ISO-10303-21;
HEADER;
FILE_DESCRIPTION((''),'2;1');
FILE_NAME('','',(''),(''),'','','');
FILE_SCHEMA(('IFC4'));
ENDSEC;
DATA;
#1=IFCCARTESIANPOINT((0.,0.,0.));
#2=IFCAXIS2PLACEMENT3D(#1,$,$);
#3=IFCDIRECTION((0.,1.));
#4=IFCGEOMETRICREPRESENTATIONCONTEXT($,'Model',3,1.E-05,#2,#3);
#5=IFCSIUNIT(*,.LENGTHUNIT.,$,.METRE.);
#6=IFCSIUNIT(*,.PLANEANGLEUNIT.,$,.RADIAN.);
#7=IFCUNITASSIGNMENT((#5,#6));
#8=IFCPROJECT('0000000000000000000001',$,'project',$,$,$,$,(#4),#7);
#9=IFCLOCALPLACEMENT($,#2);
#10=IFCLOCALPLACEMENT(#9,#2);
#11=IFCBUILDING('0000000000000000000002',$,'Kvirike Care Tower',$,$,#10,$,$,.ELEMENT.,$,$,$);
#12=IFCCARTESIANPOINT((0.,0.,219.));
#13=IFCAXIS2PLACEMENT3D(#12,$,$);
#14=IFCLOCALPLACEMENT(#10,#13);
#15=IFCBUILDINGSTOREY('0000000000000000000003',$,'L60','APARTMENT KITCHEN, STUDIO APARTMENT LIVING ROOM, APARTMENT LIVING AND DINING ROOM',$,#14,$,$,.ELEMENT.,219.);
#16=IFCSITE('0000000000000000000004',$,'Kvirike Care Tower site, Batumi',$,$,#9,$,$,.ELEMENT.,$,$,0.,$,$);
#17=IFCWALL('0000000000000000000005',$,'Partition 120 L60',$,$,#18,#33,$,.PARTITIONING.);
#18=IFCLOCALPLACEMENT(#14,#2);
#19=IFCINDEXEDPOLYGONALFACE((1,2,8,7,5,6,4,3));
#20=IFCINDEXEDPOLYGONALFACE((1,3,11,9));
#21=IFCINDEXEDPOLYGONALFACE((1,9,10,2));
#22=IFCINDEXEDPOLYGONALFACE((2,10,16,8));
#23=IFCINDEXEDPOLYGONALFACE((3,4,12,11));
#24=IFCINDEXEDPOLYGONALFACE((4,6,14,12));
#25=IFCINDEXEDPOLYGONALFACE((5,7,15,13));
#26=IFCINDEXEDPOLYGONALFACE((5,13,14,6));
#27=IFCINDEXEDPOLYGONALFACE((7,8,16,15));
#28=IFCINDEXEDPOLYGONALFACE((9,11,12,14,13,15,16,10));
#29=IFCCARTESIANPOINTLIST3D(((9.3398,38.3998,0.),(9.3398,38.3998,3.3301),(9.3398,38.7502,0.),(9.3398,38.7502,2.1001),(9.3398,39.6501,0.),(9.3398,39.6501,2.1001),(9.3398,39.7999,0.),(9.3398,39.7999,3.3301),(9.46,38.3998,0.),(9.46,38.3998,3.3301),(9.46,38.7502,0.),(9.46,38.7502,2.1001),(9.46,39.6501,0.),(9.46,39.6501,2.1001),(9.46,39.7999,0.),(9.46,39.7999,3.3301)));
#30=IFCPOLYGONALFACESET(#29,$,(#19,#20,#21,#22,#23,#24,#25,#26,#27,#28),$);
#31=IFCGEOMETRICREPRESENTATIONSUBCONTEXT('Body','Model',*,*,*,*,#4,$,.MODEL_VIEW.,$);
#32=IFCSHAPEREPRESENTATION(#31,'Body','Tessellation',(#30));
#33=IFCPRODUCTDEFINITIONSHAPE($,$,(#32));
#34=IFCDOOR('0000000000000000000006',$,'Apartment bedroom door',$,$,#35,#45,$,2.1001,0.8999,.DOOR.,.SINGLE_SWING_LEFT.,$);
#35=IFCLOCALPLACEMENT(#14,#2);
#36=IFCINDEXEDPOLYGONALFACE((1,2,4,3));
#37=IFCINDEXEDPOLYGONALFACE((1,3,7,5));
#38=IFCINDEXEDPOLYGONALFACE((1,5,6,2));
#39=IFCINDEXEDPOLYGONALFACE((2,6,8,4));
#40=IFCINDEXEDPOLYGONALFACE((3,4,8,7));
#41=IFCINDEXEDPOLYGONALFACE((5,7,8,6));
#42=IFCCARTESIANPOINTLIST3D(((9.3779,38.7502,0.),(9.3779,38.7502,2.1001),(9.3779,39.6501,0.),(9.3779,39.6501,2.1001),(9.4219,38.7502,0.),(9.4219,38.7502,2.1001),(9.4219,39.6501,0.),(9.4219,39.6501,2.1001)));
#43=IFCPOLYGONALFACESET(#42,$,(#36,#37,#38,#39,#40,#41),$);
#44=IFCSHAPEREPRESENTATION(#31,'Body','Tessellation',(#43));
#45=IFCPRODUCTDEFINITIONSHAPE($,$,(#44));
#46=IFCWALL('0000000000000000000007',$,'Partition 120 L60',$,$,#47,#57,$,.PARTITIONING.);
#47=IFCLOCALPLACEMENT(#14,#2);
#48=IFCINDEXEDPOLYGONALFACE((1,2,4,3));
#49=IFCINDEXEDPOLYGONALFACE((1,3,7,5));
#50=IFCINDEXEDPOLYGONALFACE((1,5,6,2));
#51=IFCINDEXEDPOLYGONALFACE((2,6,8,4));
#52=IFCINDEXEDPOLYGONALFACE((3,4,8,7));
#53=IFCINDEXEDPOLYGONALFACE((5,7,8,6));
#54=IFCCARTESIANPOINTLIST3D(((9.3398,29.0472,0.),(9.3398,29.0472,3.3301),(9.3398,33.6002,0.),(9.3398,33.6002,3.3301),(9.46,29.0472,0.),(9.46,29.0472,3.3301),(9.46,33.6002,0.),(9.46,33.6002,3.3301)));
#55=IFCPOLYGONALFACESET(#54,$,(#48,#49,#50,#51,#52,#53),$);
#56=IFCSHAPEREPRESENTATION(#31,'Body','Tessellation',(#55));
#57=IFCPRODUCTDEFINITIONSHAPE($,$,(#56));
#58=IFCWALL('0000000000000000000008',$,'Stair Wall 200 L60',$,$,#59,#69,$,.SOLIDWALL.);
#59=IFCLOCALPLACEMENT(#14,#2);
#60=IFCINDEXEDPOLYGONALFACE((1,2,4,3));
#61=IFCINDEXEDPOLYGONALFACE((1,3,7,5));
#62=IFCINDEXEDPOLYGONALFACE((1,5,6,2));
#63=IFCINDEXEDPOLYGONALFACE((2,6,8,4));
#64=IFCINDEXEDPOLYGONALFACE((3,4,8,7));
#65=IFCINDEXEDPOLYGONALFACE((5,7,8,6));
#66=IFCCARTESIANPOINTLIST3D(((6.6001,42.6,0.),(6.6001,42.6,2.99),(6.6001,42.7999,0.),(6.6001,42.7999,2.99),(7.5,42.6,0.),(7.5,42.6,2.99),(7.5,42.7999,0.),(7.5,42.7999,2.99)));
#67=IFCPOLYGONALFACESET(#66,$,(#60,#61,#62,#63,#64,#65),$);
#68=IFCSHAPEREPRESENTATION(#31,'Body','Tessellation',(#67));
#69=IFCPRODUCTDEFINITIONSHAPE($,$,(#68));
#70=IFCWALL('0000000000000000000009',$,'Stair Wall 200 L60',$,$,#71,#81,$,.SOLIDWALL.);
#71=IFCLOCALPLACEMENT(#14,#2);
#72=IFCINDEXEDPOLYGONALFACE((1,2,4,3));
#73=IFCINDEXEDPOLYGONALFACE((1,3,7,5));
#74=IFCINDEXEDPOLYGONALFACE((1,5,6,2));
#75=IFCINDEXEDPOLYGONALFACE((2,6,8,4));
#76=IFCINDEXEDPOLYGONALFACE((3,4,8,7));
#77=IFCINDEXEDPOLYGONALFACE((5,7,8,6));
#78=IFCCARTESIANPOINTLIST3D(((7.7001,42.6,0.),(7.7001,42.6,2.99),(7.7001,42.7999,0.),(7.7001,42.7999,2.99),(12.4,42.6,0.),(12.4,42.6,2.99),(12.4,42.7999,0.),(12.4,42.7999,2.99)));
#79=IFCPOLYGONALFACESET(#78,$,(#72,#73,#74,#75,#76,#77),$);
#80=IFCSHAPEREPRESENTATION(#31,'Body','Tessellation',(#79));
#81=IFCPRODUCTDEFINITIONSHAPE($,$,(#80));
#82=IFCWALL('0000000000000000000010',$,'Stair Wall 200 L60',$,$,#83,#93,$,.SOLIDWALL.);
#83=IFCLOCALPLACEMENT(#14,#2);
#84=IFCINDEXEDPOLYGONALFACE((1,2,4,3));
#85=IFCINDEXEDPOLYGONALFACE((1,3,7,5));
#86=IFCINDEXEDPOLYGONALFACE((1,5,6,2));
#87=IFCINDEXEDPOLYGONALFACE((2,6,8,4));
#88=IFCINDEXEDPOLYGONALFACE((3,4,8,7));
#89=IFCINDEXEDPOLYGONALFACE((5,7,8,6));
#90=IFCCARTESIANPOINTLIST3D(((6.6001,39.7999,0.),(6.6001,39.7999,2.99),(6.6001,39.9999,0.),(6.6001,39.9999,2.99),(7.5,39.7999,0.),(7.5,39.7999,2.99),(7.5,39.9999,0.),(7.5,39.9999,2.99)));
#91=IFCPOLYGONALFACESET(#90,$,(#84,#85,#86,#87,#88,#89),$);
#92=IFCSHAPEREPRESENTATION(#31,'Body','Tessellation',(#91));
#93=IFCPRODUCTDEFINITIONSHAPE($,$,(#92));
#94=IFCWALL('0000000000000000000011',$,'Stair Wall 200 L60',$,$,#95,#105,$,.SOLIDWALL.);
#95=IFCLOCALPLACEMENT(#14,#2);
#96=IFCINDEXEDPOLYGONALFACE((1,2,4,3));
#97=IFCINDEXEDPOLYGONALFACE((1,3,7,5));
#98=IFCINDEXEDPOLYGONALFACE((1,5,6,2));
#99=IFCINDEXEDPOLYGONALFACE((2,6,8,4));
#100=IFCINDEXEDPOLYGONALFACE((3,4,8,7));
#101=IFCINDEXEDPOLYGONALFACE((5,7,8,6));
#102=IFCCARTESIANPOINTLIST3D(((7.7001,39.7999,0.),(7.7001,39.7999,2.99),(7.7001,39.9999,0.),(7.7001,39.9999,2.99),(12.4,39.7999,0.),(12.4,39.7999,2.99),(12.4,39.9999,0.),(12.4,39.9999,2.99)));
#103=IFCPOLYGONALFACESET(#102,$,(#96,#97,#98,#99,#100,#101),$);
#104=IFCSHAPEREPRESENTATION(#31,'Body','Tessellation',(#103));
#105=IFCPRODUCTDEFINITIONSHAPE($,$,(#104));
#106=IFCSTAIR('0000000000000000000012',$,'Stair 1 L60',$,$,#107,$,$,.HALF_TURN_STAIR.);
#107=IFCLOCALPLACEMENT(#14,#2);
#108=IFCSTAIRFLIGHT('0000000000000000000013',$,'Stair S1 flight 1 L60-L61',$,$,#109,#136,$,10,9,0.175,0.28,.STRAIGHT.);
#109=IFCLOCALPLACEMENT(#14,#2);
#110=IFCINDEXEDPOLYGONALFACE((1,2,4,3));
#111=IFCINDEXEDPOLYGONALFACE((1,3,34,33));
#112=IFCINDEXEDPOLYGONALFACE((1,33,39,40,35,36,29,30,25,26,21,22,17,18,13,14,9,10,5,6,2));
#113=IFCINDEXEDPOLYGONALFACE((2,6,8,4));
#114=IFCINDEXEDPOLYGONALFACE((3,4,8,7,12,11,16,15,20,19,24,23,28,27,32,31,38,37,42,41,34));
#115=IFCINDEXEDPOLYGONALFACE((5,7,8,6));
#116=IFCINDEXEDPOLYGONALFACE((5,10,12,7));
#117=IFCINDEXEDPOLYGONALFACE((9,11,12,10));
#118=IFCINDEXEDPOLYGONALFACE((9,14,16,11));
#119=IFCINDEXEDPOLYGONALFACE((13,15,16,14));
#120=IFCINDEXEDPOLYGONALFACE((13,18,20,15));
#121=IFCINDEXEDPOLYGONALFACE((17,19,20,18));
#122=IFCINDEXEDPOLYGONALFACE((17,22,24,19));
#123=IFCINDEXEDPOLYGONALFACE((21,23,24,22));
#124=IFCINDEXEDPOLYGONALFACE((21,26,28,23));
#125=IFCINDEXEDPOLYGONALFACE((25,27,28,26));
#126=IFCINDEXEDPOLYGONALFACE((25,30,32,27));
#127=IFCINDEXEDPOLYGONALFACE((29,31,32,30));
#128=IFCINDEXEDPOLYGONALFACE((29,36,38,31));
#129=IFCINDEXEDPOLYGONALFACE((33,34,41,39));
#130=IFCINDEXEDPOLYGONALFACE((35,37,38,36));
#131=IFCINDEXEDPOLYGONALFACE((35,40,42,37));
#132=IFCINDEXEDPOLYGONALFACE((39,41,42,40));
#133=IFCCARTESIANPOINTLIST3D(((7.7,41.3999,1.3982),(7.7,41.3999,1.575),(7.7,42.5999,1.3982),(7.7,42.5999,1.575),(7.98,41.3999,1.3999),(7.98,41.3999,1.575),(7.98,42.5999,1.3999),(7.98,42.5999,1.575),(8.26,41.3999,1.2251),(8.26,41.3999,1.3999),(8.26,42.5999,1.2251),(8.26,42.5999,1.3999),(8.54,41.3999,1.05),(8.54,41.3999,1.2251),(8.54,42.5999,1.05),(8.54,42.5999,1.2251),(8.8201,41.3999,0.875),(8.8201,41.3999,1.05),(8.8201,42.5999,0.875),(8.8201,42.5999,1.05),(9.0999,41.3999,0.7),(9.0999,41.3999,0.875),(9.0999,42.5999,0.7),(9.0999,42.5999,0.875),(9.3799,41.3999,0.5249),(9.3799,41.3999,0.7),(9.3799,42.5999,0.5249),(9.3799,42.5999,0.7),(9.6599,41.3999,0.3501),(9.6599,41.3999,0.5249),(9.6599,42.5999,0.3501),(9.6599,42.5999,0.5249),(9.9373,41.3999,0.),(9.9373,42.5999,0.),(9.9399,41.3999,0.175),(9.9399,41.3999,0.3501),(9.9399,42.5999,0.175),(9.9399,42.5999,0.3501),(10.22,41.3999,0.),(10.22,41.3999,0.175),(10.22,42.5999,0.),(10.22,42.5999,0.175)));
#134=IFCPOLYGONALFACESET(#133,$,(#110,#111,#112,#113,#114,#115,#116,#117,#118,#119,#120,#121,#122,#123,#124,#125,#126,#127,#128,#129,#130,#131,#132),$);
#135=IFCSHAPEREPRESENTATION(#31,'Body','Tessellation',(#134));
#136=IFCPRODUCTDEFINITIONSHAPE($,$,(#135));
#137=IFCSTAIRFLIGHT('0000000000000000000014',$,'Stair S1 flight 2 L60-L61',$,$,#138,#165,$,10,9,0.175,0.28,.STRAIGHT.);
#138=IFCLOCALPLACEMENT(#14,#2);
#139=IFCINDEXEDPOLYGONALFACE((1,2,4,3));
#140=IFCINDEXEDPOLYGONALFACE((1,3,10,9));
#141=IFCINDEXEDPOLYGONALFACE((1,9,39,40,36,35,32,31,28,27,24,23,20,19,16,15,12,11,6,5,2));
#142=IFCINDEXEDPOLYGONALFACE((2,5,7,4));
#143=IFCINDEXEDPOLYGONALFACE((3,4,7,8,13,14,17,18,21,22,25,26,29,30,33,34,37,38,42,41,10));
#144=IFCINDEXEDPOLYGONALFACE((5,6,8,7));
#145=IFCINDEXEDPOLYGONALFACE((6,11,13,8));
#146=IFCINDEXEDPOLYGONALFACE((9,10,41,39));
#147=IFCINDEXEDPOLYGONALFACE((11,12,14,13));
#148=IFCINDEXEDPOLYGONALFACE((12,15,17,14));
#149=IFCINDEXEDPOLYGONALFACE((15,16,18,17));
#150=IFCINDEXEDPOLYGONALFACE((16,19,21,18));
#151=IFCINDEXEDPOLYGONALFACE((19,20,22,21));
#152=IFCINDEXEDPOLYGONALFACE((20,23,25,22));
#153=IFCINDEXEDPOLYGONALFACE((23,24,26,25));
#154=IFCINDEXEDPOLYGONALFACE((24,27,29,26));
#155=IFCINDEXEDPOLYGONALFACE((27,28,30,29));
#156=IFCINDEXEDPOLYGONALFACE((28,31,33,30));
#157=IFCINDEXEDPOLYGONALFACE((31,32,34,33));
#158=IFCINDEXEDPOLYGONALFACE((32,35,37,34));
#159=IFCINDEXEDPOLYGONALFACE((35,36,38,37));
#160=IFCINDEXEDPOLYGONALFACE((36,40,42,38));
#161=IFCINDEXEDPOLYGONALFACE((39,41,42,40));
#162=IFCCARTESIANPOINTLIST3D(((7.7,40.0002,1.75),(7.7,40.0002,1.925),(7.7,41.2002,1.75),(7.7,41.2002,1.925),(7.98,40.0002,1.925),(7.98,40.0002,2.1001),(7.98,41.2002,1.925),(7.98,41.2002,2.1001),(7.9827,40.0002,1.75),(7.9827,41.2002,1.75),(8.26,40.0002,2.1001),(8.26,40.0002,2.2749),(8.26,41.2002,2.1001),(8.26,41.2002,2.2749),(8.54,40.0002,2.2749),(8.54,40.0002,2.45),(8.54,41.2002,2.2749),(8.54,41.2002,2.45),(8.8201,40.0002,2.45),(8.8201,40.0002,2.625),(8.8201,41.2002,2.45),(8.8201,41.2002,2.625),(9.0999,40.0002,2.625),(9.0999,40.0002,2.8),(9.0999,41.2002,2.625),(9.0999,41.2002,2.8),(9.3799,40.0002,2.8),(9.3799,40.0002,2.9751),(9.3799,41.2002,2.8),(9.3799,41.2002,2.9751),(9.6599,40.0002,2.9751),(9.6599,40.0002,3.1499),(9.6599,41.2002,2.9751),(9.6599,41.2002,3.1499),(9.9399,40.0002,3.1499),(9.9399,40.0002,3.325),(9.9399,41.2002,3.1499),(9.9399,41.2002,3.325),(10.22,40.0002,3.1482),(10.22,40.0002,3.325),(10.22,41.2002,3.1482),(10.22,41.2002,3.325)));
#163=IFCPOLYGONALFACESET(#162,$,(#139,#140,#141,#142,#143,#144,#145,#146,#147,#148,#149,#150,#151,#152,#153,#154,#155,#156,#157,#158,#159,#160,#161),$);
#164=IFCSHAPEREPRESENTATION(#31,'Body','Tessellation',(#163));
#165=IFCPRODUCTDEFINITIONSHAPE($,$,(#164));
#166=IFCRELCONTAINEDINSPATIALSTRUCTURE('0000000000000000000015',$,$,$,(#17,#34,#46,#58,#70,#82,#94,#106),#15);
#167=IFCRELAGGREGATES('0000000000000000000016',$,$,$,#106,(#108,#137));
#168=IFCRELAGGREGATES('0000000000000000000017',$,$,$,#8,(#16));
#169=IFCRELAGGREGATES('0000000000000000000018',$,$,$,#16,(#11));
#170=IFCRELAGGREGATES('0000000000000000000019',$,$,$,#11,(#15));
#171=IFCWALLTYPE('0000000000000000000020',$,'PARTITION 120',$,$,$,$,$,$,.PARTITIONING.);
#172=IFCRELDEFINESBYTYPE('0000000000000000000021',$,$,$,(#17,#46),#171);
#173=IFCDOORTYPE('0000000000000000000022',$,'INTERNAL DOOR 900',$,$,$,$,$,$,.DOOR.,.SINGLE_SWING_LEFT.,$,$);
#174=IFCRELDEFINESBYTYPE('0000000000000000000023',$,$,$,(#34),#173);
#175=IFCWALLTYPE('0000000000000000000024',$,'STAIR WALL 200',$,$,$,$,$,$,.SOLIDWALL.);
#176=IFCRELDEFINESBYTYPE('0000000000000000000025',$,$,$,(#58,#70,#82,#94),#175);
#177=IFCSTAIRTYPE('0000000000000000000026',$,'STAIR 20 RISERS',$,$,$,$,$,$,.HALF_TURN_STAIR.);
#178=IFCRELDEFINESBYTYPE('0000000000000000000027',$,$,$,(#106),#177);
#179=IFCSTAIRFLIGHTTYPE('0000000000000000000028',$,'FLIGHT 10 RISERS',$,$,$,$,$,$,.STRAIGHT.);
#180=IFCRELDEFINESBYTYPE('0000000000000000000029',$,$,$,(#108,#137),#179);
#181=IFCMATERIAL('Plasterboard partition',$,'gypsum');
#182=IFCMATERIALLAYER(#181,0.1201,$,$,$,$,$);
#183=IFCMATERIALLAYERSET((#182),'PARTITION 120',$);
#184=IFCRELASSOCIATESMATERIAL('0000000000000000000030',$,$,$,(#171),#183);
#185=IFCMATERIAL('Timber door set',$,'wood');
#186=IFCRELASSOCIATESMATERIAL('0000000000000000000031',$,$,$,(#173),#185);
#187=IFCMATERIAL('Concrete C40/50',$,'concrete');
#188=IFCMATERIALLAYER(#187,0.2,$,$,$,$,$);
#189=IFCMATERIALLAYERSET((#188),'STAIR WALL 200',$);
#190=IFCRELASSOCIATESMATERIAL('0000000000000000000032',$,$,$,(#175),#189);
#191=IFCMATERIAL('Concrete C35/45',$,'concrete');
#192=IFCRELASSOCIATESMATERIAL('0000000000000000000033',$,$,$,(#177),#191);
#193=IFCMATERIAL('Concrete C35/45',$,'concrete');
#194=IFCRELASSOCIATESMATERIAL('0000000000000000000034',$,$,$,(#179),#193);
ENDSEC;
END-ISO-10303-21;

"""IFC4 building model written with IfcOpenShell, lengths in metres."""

from ifc_helpers import new_model, si_unit, direction, frame, frame_2d, origin, place, context, subcontext, project, spatial, polyline, rectangle, outline, extrude, material, layer, layer_set, type_object, element, fill, aggregate, save


model = new_model("IFC4")

# Units and contexts
model_context = context("Model", 3, precision=1e-05, world=origin(), true_north=direction((0.0, 1.0)))
body_context = subcontext(model_context, "Body", "Model", "MODEL_VIEW")
ifc_project = project(units=[si_unit("LENGTHUNIT", "METRE"), si_unit("PLANEANGLEUNIT", "RADIAN")], contexts=[model_context])

# Site, building, storey
site_placement = place(None, origin())
site = spatial("IfcSite", under=ifc_project, at=site_placement, Name="Kvirike Care Tower site, Batumi", CompositionType="ELEMENT", RefElevation=0.0)
building_placement = place(site_placement, origin())
building = spatial("IfcBuilding", under=site, at=building_placement, Name="Kvirike Care Tower", CompositionType="ELEMENT")
storey_placement = place(building_placement, frame((0.0, 0.0, 219.0)))
storey = spatial("IfcBuildingStorey", under=building, at=storey_placement, Name="L60", Description="APARTMENT KITCHEN, STUDIO APARTMENT LIVING ROOM, APARTMENT LIVING AND DINING ROOM", CompositionType="ELEMENT", Elevation=219.0)

# Wall, opening, door
ifc_material_1 = material(Name="Plasterboard partition", Category="gypsum")
ifc_layer_1 = layer(ifc_material_1, 0.1201)
ifc_layer_set_1 = layer_set([ifc_layer_1], Name="PARTITION 120")
wall_type_1 = type_object("IfcWallType", Name="PARTITION 120", PredefinedType="PARTITIONING", material=ifc_layer_set_1)
wall_1_placement = place(storey_placement, frame((9.3999, 39.8, 0.0), z_axis=(0.0, 0.0, 1.0), x_axis=(0.0, -1.0, 0.0)))
wall_1 = element("IfcWall", 1, at=wall_1_placement, inside=storey, type_object=wall_type_1, Name="Partition 120 L60", PredefinedType="PARTITIONING", context=body_context, shape_type="SweptSolid", body=[
    extrude(rectangle(XDim=1.4001, YDim=0.1201, at=frame_2d((0.7002, 0.0))), origin(), (0.0, 0.0, 1.0), 3.3301),
])
opening_1_placement = place(wall_1_placement, frame((0.1499, 0.0, 0.0)))
opening_1 = element("IfcOpeningElement", 2, at=opening_1_placement, cuts=wall_1, PredefinedType="OPENING", context=body_context, shape_type="SweptSolid", body=[
    extrude(rectangle(XDim=0.8999, YDim=2.1001, at=frame_2d((0.45, 1.05))), frame((0.0, 0.0706, 0.0), z_axis=(0.0, -1.0, 0.0), x_axis=(1.0, 0.0, 0.0)), (0.0, 0.0, 1.0), 0.1411),
])
ifc_material_2 = material(Name="Timber door set", Category="wood")
door_type_1 = type_object("IfcDoorType", Name="INTERNAL DOOR 900", OperationType="SINGLE_SWING_LEFT", PredefinedType="DOOR", material=ifc_material_2)
door_1_placement = place(opening_1_placement, frame((0.8999, 0.0, 0.0), z_axis=(0.0, 0.0, 1.0), x_axis=(-1.0, 0.0, 0.0)))
door_1 = element("IfcDoor", 3, at=door_1_placement, inside=storey, type_object=door_type_1, Name="Apartment bedroom door", OperationType="SINGLE_SWING_LEFT", OverallHeight=2.1001, OverallWidth=0.8999, PredefinedType="DOOR", context=body_context, shape_type="SweptSolid", body=[
    extrude(rectangle(XDim=0.8999, YDim=2.1001, at=frame_2d((0.45, 1.05))), frame((0.0, 0.022, 0.0), z_axis=(0.0, -1.0, 0.0), x_axis=(1.0, 0.0, 0.0)), (0.0, 0.0, 1.0), 0.0439),
])
fill(opening_1, door_1)

# Walls
wall_2_placement = place(storey_placement, frame((9.3999, 33.6001, 0.0), z_axis=(0.0, 0.0, 1.0), x_axis=(0.0, -1.0, 0.0)))
element("IfcWall", 4, at=wall_2_placement, inside=storey, type_object=wall_type_1, Name="Partition 120 L60", PredefinedType="PARTITIONING", context=body_context, shape_type="SweptSolid", body=[
    extrude(rectangle(XDim=4.553, YDim=0.1201, at=frame_2d((2.2764, 0.0))), origin(), (0.0, 0.0, 1.0), 3.3301),
])
ifc_material_3 = material(Name="Concrete C40/50", Category="concrete")
ifc_layer_2 = layer(ifc_material_3, 0.2)
ifc_layer_set_2 = layer_set([ifc_layer_2], Name="STAIR WALL 200")
wall_type_2 = type_object("IfcWallType", Name="STAIR WALL 200", PredefinedType="SOLIDWALL", material=ifc_layer_set_2)
wall_3_placement = place(storey_placement, frame((6.6001, 42.7, 0.0), z_axis=(0.0, 0.0, 1.0), x_axis=(1.0, 0.0, 0.0)))
element("IfcWall", 5, at=wall_3_placement, inside=storey, type_object=wall_type_2, Name="Stair Wall 200 L60", PredefinedType="SOLIDWALL", context=body_context, shape_type="SweptSolid", body=[
    extrude(rectangle(XDim=0.8999, YDim=0.2, at=frame_2d((0.45, 0.0))), origin(), (0.0, 0.0, 1.0), 2.99),
])
wall_4_placement = place(storey_placement, frame((7.7, 42.7, 0.0), z_axis=(0.0, 0.0, 1.0), x_axis=(1.0, 0.0, 0.0)))
element("IfcWall", 6, at=wall_4_placement, inside=storey, type_object=wall_type_2, Name="Stair Wall 200 L60", PredefinedType="SOLIDWALL", context=body_context, shape_type="SweptSolid", body=[
    extrude(rectangle(XDim=4.7, YDim=0.2, at=frame_2d((2.3501, 0.0))), origin(), (0.0, 0.0, 1.0), 2.99),
])
wall_5_placement = place(storey_placement, frame((6.6001, 39.8999, 0.0), z_axis=(0.0, 0.0, 1.0), x_axis=(1.0, 0.0, 0.0)))
element("IfcWall", 7, at=wall_5_placement, inside=storey, type_object=wall_type_2, Name="Stair Wall 200 L60", PredefinedType="SOLIDWALL", context=body_context, shape_type="SweptSolid", body=[
    extrude(rectangle(XDim=0.8999, YDim=0.2, at=frame_2d((0.45, 0.0))), origin(), (0.0, 0.0, 1.0), 2.99),
])
wall_6_placement = place(storey_placement, frame((7.7, 39.8999, 0.0), z_axis=(0.0, 0.0, 1.0), x_axis=(1.0, 0.0, 0.0)))
element("IfcWall", 8, at=wall_6_placement, inside=storey, type_object=wall_type_2, Name="Stair Wall 200 L60", PredefinedType="SOLIDWALL", context=body_context, shape_type="SweptSolid", body=[
    extrude(rectangle(XDim=4.7, YDim=0.2, at=frame_2d((2.3501, 0.0))), origin(), (0.0, 0.0, 1.0), 2.99),
])

# Stair, stair flights
ifc_material_4 = material(Name="Concrete C35/45", Category="concrete")
stair_type = type_object("IfcStairType", Name="STAIR 20 RISERS", PredefinedType="HALF_TURN_STAIR", material=ifc_material_4)
stair_placement = place(storey_placement, origin())
stair = element("IfcStair", 9, at=stair_placement, inside=storey, type_object=stair_type, Name="Stair 1 L60", PredefinedType="HALF_TURN_STAIR")
ifc_material_5 = material(Name="Concrete C35/45", Category="concrete")
stair_flight_type = type_object("IfcStairFlightType", Name="FLIGHT 10 RISERS", PredefinedType="STRAIGHT", material=ifc_material_5)
stair_flight_1_placement = place(storey_placement, frame((10.22, 42.0, 0.0), z_axis=(0.0, 0.0, 1.0), x_axis=(-1.0, 0.0, 0.0)))
stair_flight_1 = element("IfcStairFlight", 10, at=stair_flight_1_placement, type_object=stair_flight_type, Name="Stair S1 flight 1 L60-L61", NumberOfRisers=10, NumberOfTreads=9, PredefinedType="STRAIGHT", RiserHeight=0.175, TreadLength=0.28, context=body_context, shape_type="SweptSolid", body=[
    extrude(outline(polyline([(0.0, 0.0), (0.0, 0.175), (0.28, 0.175), (0.28, 0.3501), (0.5601, 0.3501), (0.5601, 0.5249), (0.8401, 0.5249), (0.8401, 0.7), (1.1201, 0.7), (1.1201, 0.875), (1.3999, 0.875), (1.3999, 1.05), (1.6799, 1.05), (1.6799, 1.2251), (1.96, 1.2251), (1.96, 1.3999), (2.24, 1.3999), (2.24, 1.575), (2.52, 1.575), (2.52, 1.75), (2.52, 1.3982), (0.2827, 0.0), (0.0, 0.0)])), frame((0.0, 0.6001, 0.0), z_axis=(0.0, -1.0, 0.0), x_axis=(1.0, 0.0, 0.0)), (0.0, 0.0, 1.0), 1.2),
])
stair_flight_2_placement = place(storey_placement, frame((7.7, 40.6001, 1.75), z_axis=(0.0, 0.0, 1.0), x_axis=(1.0, 0.0, 0.0)))
stair_flight_2 = element("IfcStairFlight", 11, at=stair_flight_2_placement, type_object=stair_flight_type, Name="Stair S1 flight 2 L60-L61", NumberOfRisers=10, NumberOfTreads=9, PredefinedType="STRAIGHT", RiserHeight=0.175, TreadLength=0.28, context=body_context, shape_type="SweptSolid", body=[
    extrude(outline(polyline([(0.0, 0.0), (0.0, 0.175), (0.28, 0.175), (0.28, 0.3501), (0.5601, 0.3501), (0.5601, 0.5249), (0.8401, 0.5249), (0.8401, 0.7), (1.1201, 0.7), (1.1201, 0.875), (1.3999, 0.875), (1.3999, 1.05), (1.6799, 1.05), (1.6799, 1.2251), (1.96, 1.2251), (1.96, 1.3999), (2.24, 1.3999), (2.24, 1.575), (2.52, 1.575), (2.52, 1.75), (2.52, 1.3982), (0.2827, 0.0), (0.0, 0.0)])), frame((0.0, 0.6001, 0.0), z_axis=(0.0, -1.0, 0.0), x_axis=(1.0, 0.0, 0.0)), (0.0, 0.0, 1.0), 1.2),
])
aggregate(stair, [stair_flight_1, stair_flight_2])

save(model, "model.ifc")
